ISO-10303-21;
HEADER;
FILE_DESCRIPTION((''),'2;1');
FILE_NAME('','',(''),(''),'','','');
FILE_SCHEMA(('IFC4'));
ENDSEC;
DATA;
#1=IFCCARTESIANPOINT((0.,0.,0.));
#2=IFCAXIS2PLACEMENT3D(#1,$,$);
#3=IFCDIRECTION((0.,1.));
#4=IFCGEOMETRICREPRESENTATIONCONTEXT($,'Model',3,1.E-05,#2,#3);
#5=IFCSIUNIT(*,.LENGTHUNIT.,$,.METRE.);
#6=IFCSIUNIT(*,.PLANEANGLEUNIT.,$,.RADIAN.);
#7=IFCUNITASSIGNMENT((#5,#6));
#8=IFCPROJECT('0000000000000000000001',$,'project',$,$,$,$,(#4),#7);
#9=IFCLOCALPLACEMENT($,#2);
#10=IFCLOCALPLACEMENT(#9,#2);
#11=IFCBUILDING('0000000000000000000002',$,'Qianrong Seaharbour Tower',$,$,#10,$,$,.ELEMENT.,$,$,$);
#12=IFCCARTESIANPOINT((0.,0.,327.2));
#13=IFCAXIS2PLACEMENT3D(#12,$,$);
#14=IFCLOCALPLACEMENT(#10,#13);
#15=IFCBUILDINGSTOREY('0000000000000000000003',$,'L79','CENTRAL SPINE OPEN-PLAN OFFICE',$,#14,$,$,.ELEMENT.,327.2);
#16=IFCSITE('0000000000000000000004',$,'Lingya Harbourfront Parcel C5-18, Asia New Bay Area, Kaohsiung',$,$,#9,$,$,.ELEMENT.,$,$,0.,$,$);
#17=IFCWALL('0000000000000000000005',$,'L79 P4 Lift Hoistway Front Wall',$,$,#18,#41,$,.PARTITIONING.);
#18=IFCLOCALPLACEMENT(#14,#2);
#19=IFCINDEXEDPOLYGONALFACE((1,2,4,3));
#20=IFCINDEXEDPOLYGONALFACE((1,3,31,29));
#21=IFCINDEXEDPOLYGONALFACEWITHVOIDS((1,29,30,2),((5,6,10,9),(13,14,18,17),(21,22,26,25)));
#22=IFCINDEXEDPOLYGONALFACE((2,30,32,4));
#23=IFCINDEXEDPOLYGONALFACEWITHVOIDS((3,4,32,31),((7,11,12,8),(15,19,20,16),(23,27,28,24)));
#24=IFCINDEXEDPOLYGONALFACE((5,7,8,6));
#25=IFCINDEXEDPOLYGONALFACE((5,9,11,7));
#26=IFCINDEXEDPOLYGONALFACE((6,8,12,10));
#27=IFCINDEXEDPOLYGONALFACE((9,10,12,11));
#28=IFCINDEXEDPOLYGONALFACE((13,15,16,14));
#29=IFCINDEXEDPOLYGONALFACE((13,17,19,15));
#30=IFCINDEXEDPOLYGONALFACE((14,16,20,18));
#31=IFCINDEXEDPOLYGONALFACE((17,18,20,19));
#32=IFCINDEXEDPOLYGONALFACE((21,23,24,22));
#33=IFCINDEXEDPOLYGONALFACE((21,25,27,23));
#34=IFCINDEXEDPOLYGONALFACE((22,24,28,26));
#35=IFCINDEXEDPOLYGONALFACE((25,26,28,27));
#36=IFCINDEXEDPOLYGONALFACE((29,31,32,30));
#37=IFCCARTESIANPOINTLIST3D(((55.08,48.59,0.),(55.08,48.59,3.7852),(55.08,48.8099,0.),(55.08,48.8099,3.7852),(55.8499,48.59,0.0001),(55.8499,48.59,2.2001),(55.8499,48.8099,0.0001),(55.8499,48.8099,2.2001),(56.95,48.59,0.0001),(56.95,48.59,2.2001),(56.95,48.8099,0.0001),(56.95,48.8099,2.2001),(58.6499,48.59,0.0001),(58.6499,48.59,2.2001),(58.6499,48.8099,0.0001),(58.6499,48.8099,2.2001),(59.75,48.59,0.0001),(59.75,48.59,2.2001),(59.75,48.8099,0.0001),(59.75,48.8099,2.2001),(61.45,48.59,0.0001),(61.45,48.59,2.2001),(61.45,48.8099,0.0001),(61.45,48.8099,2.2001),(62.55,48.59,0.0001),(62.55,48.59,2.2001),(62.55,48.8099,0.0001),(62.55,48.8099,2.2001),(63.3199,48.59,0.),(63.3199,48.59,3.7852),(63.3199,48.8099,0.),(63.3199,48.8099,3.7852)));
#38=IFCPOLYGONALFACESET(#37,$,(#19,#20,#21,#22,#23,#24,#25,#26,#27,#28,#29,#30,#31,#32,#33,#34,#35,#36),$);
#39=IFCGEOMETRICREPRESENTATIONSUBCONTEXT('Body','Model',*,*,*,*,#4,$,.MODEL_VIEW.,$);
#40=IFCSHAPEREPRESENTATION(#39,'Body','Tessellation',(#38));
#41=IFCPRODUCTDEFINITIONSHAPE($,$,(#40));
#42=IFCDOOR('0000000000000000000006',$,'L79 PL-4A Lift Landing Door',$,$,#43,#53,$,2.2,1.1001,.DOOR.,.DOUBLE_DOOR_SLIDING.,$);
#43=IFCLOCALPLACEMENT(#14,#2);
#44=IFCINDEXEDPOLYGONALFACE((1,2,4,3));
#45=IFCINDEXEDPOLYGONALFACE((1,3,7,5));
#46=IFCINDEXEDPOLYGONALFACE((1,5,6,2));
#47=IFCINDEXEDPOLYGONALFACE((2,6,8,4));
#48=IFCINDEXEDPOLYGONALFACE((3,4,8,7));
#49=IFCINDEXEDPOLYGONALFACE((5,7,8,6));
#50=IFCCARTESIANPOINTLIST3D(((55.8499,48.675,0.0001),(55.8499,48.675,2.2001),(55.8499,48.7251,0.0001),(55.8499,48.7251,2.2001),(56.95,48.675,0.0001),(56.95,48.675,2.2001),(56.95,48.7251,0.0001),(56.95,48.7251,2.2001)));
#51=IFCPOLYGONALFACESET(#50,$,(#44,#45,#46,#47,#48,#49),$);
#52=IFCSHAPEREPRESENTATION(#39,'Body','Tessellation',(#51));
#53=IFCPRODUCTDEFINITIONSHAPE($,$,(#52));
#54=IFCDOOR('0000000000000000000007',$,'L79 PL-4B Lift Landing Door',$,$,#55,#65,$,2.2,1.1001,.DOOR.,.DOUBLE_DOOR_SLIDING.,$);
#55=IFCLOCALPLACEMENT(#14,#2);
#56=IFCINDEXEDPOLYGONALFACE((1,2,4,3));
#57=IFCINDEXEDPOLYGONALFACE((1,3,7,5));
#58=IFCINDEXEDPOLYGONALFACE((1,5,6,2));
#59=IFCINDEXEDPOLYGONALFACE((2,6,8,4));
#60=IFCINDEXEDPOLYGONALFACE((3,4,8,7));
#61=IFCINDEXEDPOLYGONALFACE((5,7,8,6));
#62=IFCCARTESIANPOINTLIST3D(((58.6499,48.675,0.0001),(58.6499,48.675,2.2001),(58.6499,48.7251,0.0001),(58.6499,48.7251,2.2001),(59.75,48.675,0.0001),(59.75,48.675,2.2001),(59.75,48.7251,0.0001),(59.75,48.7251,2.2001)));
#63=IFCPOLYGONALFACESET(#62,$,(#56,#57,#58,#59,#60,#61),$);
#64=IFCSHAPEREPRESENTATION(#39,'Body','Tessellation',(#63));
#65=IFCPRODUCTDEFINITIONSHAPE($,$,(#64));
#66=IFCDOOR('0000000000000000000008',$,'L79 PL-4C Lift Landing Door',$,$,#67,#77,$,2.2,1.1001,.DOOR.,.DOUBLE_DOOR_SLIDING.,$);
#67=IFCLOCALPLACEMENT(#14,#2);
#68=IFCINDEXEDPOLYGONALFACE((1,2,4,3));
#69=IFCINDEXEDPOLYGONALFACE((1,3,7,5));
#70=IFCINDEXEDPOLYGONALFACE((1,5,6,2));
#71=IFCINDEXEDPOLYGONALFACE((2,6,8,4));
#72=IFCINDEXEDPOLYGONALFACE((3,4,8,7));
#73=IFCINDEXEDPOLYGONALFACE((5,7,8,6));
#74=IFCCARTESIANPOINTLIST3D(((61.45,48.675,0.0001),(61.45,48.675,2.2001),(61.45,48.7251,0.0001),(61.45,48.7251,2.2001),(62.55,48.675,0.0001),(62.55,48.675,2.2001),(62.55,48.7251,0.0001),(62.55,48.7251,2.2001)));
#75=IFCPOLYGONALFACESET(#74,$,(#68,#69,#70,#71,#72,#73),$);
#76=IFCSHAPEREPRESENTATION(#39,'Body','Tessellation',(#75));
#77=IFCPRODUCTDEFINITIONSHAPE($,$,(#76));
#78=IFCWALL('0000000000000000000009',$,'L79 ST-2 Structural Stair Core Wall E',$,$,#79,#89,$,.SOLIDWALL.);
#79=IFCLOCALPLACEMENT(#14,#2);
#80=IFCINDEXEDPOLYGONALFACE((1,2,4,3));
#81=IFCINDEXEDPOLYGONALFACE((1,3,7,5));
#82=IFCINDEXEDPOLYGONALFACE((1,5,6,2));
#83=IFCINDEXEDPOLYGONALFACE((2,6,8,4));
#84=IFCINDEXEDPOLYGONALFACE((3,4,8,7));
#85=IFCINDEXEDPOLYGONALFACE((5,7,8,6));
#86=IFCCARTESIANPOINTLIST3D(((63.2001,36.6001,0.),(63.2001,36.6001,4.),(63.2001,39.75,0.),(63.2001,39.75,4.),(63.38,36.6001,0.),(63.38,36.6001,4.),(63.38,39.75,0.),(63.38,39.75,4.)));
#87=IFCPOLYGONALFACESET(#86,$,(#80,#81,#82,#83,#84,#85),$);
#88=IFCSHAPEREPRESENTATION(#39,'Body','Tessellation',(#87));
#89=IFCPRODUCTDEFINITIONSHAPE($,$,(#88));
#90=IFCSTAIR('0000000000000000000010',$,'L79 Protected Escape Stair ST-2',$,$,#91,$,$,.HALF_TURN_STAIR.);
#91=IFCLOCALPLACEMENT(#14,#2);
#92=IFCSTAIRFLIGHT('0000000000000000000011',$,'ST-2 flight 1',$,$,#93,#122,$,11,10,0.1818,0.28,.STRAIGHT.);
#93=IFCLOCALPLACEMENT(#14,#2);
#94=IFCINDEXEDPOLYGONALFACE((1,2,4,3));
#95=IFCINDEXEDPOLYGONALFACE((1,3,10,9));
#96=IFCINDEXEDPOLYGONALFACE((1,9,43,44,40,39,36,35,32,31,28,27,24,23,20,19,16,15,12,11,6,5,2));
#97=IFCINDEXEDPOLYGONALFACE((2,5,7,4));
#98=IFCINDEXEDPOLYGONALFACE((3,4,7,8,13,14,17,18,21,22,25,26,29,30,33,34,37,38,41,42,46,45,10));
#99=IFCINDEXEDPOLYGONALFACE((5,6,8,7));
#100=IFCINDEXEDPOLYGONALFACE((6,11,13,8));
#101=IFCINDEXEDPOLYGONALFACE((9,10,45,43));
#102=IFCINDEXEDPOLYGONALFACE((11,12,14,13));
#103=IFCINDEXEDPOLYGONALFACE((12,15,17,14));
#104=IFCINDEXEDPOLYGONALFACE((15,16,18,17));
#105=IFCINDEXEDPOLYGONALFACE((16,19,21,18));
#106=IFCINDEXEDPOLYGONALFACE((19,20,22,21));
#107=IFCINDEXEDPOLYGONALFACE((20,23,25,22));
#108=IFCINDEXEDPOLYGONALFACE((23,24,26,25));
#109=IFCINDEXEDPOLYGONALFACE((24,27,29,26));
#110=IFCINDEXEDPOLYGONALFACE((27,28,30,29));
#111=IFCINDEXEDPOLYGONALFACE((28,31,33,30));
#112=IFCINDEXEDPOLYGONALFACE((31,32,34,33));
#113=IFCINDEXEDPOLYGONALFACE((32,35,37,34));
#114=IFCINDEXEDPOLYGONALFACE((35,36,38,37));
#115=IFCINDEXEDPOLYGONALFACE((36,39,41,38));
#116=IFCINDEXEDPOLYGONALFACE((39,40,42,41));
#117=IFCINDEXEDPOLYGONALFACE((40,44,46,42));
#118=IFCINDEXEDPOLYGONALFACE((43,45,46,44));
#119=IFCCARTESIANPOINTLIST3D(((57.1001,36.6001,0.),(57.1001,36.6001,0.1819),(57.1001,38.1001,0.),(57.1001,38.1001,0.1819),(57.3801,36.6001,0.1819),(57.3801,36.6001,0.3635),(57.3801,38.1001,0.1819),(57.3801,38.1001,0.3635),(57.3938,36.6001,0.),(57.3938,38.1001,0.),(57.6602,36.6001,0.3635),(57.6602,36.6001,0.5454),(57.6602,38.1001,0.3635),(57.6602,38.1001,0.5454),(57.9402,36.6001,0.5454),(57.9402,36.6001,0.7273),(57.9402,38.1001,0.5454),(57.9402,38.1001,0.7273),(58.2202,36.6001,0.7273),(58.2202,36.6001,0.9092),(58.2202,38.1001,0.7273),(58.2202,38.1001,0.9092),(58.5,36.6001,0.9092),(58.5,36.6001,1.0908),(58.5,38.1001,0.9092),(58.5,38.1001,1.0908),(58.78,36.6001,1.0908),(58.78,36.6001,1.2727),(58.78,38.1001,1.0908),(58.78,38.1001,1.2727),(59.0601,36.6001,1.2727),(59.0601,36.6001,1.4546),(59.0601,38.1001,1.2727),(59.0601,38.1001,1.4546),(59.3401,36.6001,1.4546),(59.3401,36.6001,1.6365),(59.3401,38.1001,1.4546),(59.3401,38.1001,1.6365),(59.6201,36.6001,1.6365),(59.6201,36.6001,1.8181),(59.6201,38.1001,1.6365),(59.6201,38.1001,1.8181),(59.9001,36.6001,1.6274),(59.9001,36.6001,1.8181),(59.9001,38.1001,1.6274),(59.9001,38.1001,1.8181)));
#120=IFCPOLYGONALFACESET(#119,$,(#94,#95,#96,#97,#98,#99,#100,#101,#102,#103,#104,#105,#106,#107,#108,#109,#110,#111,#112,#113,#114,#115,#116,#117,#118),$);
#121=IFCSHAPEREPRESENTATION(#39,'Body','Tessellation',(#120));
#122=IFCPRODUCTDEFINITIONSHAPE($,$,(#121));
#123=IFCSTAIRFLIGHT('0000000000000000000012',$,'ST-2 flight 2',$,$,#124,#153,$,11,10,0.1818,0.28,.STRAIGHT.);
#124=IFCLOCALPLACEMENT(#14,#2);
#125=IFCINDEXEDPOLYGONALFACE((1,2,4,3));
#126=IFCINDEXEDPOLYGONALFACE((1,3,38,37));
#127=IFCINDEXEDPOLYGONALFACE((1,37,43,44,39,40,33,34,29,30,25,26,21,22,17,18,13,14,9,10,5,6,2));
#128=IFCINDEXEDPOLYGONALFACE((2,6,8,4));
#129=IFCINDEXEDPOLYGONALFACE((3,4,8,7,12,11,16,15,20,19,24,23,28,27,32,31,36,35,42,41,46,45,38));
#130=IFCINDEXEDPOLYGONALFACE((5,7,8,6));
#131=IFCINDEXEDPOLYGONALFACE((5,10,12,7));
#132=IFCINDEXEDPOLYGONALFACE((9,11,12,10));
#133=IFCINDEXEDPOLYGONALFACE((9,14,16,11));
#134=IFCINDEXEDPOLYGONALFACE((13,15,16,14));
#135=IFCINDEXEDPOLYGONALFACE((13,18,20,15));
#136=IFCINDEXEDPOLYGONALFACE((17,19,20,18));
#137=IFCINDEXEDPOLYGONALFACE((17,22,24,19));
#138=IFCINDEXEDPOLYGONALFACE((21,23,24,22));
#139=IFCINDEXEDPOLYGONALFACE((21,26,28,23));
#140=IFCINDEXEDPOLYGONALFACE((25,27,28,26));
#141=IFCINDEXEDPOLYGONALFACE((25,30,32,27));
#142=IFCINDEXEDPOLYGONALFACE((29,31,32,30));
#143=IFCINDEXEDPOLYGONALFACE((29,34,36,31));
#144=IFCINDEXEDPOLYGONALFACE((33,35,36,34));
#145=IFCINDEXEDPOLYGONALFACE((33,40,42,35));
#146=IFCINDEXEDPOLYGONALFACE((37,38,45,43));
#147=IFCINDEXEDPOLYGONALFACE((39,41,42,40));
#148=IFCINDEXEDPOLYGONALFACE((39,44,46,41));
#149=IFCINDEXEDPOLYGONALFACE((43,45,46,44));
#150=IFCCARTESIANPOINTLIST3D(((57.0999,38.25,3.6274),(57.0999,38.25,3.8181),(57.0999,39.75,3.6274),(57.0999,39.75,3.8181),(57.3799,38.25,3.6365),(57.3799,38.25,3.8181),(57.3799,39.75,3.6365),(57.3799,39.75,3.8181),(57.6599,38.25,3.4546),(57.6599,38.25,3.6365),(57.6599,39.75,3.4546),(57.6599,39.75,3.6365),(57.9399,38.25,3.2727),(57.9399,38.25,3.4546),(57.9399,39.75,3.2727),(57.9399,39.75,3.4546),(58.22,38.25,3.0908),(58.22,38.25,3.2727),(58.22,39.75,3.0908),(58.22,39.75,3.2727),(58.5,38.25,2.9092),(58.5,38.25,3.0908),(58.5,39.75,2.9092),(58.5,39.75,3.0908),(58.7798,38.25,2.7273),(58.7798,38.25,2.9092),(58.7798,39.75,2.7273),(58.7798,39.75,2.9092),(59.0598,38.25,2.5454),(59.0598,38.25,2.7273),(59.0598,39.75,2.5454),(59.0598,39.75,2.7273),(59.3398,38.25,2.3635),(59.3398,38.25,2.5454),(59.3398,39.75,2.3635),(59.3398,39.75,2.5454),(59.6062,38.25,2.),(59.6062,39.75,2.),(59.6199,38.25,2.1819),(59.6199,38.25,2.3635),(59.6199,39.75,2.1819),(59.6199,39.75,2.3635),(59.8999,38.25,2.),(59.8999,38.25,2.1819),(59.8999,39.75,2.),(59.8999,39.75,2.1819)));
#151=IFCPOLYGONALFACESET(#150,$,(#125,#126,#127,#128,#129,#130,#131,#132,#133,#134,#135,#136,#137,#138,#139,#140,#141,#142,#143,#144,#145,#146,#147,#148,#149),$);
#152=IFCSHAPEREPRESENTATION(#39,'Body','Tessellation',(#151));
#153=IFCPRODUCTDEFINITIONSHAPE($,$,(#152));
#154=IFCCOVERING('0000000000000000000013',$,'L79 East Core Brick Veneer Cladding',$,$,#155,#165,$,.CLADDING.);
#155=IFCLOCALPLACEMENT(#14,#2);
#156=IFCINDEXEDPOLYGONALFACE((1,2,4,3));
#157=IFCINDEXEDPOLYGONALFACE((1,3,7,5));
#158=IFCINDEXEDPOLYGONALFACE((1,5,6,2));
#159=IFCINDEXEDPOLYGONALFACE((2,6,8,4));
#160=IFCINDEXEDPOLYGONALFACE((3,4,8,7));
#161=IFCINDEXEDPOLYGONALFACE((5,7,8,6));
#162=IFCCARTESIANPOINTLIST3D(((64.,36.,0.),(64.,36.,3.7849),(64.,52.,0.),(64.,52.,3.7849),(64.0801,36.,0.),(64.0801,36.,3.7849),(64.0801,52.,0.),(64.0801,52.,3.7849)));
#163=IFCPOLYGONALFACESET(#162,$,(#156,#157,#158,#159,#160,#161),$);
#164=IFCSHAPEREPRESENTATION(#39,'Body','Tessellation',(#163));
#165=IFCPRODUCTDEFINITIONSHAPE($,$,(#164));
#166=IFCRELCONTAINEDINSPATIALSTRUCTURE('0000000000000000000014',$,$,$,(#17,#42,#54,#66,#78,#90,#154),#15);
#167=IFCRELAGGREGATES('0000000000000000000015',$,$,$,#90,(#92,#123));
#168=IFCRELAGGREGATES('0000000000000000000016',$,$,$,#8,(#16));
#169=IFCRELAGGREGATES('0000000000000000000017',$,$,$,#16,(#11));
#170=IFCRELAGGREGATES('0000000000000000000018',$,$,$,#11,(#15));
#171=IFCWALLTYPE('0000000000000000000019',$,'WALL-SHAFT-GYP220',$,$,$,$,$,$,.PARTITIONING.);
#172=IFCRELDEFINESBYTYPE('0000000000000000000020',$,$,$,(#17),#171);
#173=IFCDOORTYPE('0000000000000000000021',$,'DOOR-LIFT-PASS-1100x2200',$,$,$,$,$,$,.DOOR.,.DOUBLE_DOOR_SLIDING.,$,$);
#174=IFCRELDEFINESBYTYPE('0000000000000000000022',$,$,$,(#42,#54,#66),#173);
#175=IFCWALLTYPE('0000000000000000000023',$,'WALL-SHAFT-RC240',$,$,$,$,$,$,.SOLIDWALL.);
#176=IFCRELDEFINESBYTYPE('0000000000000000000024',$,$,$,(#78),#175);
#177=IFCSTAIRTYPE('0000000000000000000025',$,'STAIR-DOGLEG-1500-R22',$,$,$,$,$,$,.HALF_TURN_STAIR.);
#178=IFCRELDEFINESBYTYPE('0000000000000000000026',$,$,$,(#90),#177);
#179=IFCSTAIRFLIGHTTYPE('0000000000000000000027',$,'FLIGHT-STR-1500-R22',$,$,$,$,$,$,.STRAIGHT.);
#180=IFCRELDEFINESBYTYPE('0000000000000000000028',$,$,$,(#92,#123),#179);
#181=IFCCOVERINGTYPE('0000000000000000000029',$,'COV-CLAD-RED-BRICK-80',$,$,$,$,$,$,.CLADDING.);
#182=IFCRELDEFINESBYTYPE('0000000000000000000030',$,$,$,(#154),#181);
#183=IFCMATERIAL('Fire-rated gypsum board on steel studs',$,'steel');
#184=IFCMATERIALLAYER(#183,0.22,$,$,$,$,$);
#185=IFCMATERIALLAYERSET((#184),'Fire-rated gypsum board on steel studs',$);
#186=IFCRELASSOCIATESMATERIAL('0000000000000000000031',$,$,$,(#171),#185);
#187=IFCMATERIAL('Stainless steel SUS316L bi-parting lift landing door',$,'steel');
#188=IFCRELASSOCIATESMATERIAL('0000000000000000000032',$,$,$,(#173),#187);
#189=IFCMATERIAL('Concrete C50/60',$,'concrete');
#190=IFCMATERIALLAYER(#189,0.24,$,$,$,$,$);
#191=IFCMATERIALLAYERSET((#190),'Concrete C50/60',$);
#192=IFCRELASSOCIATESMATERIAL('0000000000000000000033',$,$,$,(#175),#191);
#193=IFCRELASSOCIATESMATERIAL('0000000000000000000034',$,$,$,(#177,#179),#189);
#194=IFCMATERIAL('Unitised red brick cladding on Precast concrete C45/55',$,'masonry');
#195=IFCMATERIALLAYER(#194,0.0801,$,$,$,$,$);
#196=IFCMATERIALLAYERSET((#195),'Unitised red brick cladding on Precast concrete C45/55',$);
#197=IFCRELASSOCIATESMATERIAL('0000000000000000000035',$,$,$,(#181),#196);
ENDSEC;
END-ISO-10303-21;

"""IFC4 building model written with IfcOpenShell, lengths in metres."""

from ifc_helpers import new_model, si_unit, direction, frame, frame_2d, origin, origin_2d, place, context, subcontext, project, spatial, polyline, rectangle, outline, extrude, material, layer, layer_set, type_object, element, fill, aggregate, save


model = new_model("IFC4")

# Units and contexts
model_context = context("Model", 3, precision=1e-05, world=origin(), true_north=direction((0.0, 1.0)))
body_context = subcontext(model_context, "Body", "Model", "MODEL_VIEW")
ifc_project = project(units=[si_unit("LENGTHUNIT", "METRE"), si_unit("PLANEANGLEUNIT", "RADIAN")], contexts=[model_context])

# Site, building, storey
site_placement = place(None, origin())
site = spatial("IfcSite", under=ifc_project, at=site_placement, Name="Lingya Harbourfront Parcel C5-18, Asia New Bay Area, Kaohsiung", CompositionType="ELEMENT", RefElevation=0.0)
building_placement = place(site_placement, origin())
building = spatial("IfcBuilding", under=site, at=building_placement, Name="Qianrong Seaharbour Tower", CompositionType="ELEMENT")
storey_placement = place(building_placement, frame((0.0, 0.0, 327.2)))
storey = spatial("IfcBuildingStorey", under=building, at=storey_placement, Name="L79", Description="CENTRAL SPINE OPEN-PLAN OFFICE", CompositionType="ELEMENT", Elevation=327.2)

# Shared definitions
ifc_material_1 = material(Name="Concrete C50/60", Category="concrete")

# Shared definitions
ifc_material_2 = material(Name="Fire-rated gypsum board on steel studs", Category="steel")

# Wall, openings, doors
ifc_layer_1 = layer(ifc_material_2, 0.22)
ifc_layer_set_1 = layer_set([ifc_layer_1], Name="Fire-rated gypsum board on steel studs")
wall_type_1 = type_object("IfcWallType", Name="WALL-SHAFT-GYP220", PredefinedType="PARTITIONING", material=ifc_layer_set_1)
wall_1_placement = place(storey_placement, frame((63.3201, 48.7, 0.0), z_axis=(0.0, 0.0, 1.0), x_axis=(-1.0, 0.0, 0.0)))
wall_1 = element("IfcWall", 1, at=wall_1_placement, inside=storey, type_object=wall_type_1, Name="L79 P4 Lift Hoistway Front Wall", PredefinedType="PARTITIONING", context=body_context, shape_type="SweptSolid", body=[
    extrude(rectangle(XDim=8.24, YDim=0.22, at=frame_2d((4.1201, 0.0))), origin(), (0.0, 0.0, 1.0), 3.7852),
])
opening_1_placement = place(wall_1_placement, frame((6.3701, 0.0, 0.0)))
opening_1 = element("IfcOpeningElement", 2, at=opening_1_placement, cuts=wall_1, PredefinedType="OPENING", context=body_context, shape_type="SweptSolid", body=[
    extrude(rectangle(XDim=1.1001, YDim=2.2, at=frame_2d((0.55, 1.1001))), frame((0.0, 0.1201, 0.0), z_axis=(0.0, -1.0, 0.0), x_axis=(1.0, 0.0, 0.0)), (0.0, 0.0, 1.0), 0.24),
])
opening_2_placement = place(wall_1_placement, frame((3.5701, 0.0, 0.0)))
opening_2 = element("IfcOpeningElement", 3, at=opening_2_placement, cuts=wall_1, PredefinedType="OPENING", context=body_context, shape_type="SweptSolid", body=[
    extrude(rectangle(XDim=1.1001, YDim=2.2, at=frame_2d((0.55, 1.1001))), frame((0.0, 0.1201, 0.0), z_axis=(0.0, -1.0, 0.0), x_axis=(1.0, 0.0, 0.0)), (0.0, 0.0, 1.0), 0.24),
])
opening_3_placement = place(wall_1_placement, frame((0.77, 0.0, 0.0)))
opening_3 = element("IfcOpeningElement", 4, at=opening_3_placement, cuts=wall_1, PredefinedType="OPENING", context=body_context, shape_type="SweptSolid", body=[
    extrude(rectangle(XDim=1.1001, YDim=2.2, at=frame_2d((0.55, 1.1001))), frame((0.0, 0.1201, 0.0), z_axis=(0.0, -1.0, 0.0), x_axis=(1.0, 0.0, 0.0)), (0.0, 0.0, 1.0), 0.24),
])
ifc_material_3 = material(Name="Stainless steel SUS316L bi-parting lift landing door", Category="steel")
door_type_1 = type_object("IfcDoorType", Name="DOOR-LIFT-PASS-1100x2200", OperationType="DOUBLE_DOOR_SLIDING", PredefinedType="DOOR", material=ifc_material_3)
door_1_placement = place(opening_1_placement, origin())
door_1 = element("IfcDoor", 5, at=door_1_placement, inside=storey, type_object=door_type_1, Name="L79 PL-4A Lift Landing Door", OperationType="DOUBLE_DOOR_SLIDING", OverallHeight=2.2, OverallWidth=1.1001, PredefinedType="DOOR", context=body_context, shape_type="SweptSolid", body=[
    extrude(rectangle(XDim=1.1001, YDim=2.2, at=frame_2d((0.55, 1.1001))), frame((0.0, 0.0249, 0.0), z_axis=(0.0, -1.0, 0.0), x_axis=(1.0, 0.0, 0.0)), (0.0, 0.0, 1.0), 0.05),
])
fill(opening_1, door_1)
door_2_placement = place(opening_2_placement, origin())
door_2 = element("IfcDoor", 6, at=door_2_placement, inside=storey, type_object=door_type_1, Name="L79 PL-4B Lift Landing Door", OperationType="DOUBLE_DOOR_SLIDING", OverallHeight=2.2, OverallWidth=1.1001, PredefinedType="DOOR", context=body_context, shape_type="SweptSolid", body=[
    extrude(rectangle(XDim=1.1001, YDim=2.2, at=frame_2d((0.55, 1.1001))), frame((0.0, 0.0249, 0.0), z_axis=(0.0, -1.0, 0.0), x_axis=(1.0, 0.0, 0.0)), (0.0, 0.0, 1.0), 0.05),
])
fill(opening_2, door_2)
door_3_placement = place(opening_3_placement, origin())
door_3 = element("IfcDoor", 7, at=door_3_placement, inside=storey, type_object=door_type_1, Name="L79 PL-4C Lift Landing Door", OperationType="DOUBLE_DOOR_SLIDING", OverallHeight=2.2, OverallWidth=1.1001, PredefinedType="DOOR", context=body_context, shape_type="SweptSolid", body=[
    extrude(rectangle(XDim=1.1001, YDim=2.2, at=frame_2d((0.55, 1.1001))), frame((0.0, 0.0249, 0.0), z_axis=(0.0, -1.0, 0.0), x_axis=(1.0, 0.0, 0.0)), (0.0, 0.0, 1.0), 0.05),
])
fill(opening_3, door_3)

# Wall
ifc_layer_2 = layer(ifc_material_1, 0.24)
ifc_layer_set_2 = layer_set([ifc_layer_2], Name="Concrete C50/60")
wall_type_2 = type_object("IfcWallType", Name="WALL-SHAFT-RC240", PredefinedType="SOLIDWALL", material=ifc_layer_set_2)
wall_2_placement = place(storey_placement, frame((63.29, 36.6001, 0.0), z_axis=(0.0, 0.0, 1.0), x_axis=(0.0, 1.0, 0.0)))
element("IfcWall", 8, at=wall_2_placement, inside=storey, type_object=wall_type_2, Name="L79 ST-2 Structural Stair Core Wall E", PredefinedType="SOLIDWALL", context=body_context, shape_type="SweptSolid", body=[
    extrude(rectangle(XDim=3.1499, YDim=0.1799, at=frame_2d((1.575, 0.0))), origin(), (0.0, 0.0, 1.0), 4.0),
])

# Stair, stair flights
stair_type = type_object("IfcStairType", Name="STAIR-DOGLEG-1500-R22", PredefinedType="HALF_TURN_STAIR", material=ifc_material_1)
stair_placement = place(storey_placement, origin())
stair = element("IfcStair", 9, at=stair_placement, inside=storey, type_object=stair_type, Name="L79 Protected Escape Stair ST-2", PredefinedType="HALF_TURN_STAIR")
stair_flight_type = type_object("IfcStairFlightType", Name="FLIGHT-STR-1500-R22", PredefinedType="STRAIGHT", material=ifc_material_1)
stair_flight_1_placement = place(storey_placement, frame((57.1001, 37.3501, 0.0), z_axis=(0.0, 0.0, 1.0), x_axis=(1.0, 0.0, 0.0)))
stair_flight_1 = element("IfcStairFlight", 10, at=stair_flight_1_placement, type_object=stair_flight_type, Name="ST-2 flight 1", NumberOfRisers=11, NumberOfTreads=10, PredefinedType="STRAIGHT", RiserHeight=0.1818, TreadLength=0.28, context=body_context, shape_type="SweptSolid", body=[
    extrude(outline(polyline([(0.0, 0.0), (0.0, 0.1819), (0.28, 0.1819), (0.28, 0.3635), (0.5601, 0.3635), (0.5601, 0.5454), (0.8401, 0.5454), (0.8401, 0.7273), (1.1201, 0.7273), (1.1201, 0.9092), (1.3999, 0.9092), (1.3999, 1.0908), (1.6799, 1.0908), (1.6799, 1.2727), (1.96, 1.2727), (1.96, 1.4546), (2.24, 1.4546), (2.24, 1.6365), (2.52, 1.6365), (2.52, 1.8181), (2.8, 1.8181), (2.8, 2.0), (2.8, 1.6274), (0.2937, 0.0), (0.0, 0.0)])), frame((0.0, 0.75, 0.0), z_axis=(0.0, -1.0, 0.0), x_axis=(1.0, 0.0, 0.0)), (0.0, 0.0, 1.0), 1.5),
])
stair_flight_2_placement = place(storey_placement, frame((59.8999, 39.0, 2.0), z_axis=(0.0, 0.0, 1.0), x_axis=(-1.0, 0.0, 0.0)))
stair_flight_2 = element("IfcStairFlight", 11, at=stair_flight_2_placement, type_object=stair_flight_type, Name="ST-2 flight 2", NumberOfRisers=11, NumberOfTreads=10, PredefinedType="STRAIGHT", RiserHeight=0.1818, TreadLength=0.28, context=body_context, shape_type="SweptSolid", body=[
    extrude(outline(polyline([(0.0, 0.0), (0.0, 0.1819), (0.28, 0.1819), (0.28, 0.3635), (0.5601, 0.3635), (0.5601, 0.5454), (0.8401, 0.5454), (0.8401, 0.7273), (1.1201, 0.7273), (1.1201, 0.9092), (1.3999, 0.9092), (1.3999, 1.0908), (1.6799, 1.0908), (1.6799, 1.2727), (1.96, 1.2727), (1.96, 1.4546), (2.24, 1.4546), (2.24, 1.6365), (2.52, 1.6365), (2.52, 1.8181), (2.8, 1.8181), (2.8, 2.0), (2.8, 1.6274), (0.2937, 0.0), (0.0, 0.0)])), frame((0.0, 0.75, 0.0), z_axis=(0.0, -1.0, 0.0), x_axis=(1.0, 0.0, 0.0)), (0.0, 0.0, 1.0), 1.5),
])
aggregate(stair, [stair_flight_1, stair_flight_2])

# Covering
ifc_material_4 = material(Name="Unitised red brick cladding on Precast concrete C45/55", Category="masonry")
ifc_layer_3 = layer(ifc_material_4, 0.0801)
ifc_layer_set_3 = layer_set([ifc_layer_3], Name="Unitised red brick cladding on Precast concrete C45/55")
covering_type = type_object("IfcCoveringType", Name="COV-CLAD-RED-BRICK-80", PredefinedType="CLADDING", material=ifc_layer_set_3)
covering_placement = place(storey_placement, frame((64.04, 44.0, 0.0), z_axis=(0.0, 0.0, 1.0), x_axis=(1.0, 0.0, 0.0)))
element("IfcCovering", 12, at=covering_placement, inside=storey, type_object=covering_type, Name="L79 East Core Brick Veneer Cladding", PredefinedType="CLADDING", context=body_context, shape_type="SweptSolid", body=[
    extrude(rectangle(XDim=0.0801, YDim=16.0, at=origin_2d()), origin(), (0.0, 0.0, 1.0), 3.7849),
])

save(model, "model.ifc")
